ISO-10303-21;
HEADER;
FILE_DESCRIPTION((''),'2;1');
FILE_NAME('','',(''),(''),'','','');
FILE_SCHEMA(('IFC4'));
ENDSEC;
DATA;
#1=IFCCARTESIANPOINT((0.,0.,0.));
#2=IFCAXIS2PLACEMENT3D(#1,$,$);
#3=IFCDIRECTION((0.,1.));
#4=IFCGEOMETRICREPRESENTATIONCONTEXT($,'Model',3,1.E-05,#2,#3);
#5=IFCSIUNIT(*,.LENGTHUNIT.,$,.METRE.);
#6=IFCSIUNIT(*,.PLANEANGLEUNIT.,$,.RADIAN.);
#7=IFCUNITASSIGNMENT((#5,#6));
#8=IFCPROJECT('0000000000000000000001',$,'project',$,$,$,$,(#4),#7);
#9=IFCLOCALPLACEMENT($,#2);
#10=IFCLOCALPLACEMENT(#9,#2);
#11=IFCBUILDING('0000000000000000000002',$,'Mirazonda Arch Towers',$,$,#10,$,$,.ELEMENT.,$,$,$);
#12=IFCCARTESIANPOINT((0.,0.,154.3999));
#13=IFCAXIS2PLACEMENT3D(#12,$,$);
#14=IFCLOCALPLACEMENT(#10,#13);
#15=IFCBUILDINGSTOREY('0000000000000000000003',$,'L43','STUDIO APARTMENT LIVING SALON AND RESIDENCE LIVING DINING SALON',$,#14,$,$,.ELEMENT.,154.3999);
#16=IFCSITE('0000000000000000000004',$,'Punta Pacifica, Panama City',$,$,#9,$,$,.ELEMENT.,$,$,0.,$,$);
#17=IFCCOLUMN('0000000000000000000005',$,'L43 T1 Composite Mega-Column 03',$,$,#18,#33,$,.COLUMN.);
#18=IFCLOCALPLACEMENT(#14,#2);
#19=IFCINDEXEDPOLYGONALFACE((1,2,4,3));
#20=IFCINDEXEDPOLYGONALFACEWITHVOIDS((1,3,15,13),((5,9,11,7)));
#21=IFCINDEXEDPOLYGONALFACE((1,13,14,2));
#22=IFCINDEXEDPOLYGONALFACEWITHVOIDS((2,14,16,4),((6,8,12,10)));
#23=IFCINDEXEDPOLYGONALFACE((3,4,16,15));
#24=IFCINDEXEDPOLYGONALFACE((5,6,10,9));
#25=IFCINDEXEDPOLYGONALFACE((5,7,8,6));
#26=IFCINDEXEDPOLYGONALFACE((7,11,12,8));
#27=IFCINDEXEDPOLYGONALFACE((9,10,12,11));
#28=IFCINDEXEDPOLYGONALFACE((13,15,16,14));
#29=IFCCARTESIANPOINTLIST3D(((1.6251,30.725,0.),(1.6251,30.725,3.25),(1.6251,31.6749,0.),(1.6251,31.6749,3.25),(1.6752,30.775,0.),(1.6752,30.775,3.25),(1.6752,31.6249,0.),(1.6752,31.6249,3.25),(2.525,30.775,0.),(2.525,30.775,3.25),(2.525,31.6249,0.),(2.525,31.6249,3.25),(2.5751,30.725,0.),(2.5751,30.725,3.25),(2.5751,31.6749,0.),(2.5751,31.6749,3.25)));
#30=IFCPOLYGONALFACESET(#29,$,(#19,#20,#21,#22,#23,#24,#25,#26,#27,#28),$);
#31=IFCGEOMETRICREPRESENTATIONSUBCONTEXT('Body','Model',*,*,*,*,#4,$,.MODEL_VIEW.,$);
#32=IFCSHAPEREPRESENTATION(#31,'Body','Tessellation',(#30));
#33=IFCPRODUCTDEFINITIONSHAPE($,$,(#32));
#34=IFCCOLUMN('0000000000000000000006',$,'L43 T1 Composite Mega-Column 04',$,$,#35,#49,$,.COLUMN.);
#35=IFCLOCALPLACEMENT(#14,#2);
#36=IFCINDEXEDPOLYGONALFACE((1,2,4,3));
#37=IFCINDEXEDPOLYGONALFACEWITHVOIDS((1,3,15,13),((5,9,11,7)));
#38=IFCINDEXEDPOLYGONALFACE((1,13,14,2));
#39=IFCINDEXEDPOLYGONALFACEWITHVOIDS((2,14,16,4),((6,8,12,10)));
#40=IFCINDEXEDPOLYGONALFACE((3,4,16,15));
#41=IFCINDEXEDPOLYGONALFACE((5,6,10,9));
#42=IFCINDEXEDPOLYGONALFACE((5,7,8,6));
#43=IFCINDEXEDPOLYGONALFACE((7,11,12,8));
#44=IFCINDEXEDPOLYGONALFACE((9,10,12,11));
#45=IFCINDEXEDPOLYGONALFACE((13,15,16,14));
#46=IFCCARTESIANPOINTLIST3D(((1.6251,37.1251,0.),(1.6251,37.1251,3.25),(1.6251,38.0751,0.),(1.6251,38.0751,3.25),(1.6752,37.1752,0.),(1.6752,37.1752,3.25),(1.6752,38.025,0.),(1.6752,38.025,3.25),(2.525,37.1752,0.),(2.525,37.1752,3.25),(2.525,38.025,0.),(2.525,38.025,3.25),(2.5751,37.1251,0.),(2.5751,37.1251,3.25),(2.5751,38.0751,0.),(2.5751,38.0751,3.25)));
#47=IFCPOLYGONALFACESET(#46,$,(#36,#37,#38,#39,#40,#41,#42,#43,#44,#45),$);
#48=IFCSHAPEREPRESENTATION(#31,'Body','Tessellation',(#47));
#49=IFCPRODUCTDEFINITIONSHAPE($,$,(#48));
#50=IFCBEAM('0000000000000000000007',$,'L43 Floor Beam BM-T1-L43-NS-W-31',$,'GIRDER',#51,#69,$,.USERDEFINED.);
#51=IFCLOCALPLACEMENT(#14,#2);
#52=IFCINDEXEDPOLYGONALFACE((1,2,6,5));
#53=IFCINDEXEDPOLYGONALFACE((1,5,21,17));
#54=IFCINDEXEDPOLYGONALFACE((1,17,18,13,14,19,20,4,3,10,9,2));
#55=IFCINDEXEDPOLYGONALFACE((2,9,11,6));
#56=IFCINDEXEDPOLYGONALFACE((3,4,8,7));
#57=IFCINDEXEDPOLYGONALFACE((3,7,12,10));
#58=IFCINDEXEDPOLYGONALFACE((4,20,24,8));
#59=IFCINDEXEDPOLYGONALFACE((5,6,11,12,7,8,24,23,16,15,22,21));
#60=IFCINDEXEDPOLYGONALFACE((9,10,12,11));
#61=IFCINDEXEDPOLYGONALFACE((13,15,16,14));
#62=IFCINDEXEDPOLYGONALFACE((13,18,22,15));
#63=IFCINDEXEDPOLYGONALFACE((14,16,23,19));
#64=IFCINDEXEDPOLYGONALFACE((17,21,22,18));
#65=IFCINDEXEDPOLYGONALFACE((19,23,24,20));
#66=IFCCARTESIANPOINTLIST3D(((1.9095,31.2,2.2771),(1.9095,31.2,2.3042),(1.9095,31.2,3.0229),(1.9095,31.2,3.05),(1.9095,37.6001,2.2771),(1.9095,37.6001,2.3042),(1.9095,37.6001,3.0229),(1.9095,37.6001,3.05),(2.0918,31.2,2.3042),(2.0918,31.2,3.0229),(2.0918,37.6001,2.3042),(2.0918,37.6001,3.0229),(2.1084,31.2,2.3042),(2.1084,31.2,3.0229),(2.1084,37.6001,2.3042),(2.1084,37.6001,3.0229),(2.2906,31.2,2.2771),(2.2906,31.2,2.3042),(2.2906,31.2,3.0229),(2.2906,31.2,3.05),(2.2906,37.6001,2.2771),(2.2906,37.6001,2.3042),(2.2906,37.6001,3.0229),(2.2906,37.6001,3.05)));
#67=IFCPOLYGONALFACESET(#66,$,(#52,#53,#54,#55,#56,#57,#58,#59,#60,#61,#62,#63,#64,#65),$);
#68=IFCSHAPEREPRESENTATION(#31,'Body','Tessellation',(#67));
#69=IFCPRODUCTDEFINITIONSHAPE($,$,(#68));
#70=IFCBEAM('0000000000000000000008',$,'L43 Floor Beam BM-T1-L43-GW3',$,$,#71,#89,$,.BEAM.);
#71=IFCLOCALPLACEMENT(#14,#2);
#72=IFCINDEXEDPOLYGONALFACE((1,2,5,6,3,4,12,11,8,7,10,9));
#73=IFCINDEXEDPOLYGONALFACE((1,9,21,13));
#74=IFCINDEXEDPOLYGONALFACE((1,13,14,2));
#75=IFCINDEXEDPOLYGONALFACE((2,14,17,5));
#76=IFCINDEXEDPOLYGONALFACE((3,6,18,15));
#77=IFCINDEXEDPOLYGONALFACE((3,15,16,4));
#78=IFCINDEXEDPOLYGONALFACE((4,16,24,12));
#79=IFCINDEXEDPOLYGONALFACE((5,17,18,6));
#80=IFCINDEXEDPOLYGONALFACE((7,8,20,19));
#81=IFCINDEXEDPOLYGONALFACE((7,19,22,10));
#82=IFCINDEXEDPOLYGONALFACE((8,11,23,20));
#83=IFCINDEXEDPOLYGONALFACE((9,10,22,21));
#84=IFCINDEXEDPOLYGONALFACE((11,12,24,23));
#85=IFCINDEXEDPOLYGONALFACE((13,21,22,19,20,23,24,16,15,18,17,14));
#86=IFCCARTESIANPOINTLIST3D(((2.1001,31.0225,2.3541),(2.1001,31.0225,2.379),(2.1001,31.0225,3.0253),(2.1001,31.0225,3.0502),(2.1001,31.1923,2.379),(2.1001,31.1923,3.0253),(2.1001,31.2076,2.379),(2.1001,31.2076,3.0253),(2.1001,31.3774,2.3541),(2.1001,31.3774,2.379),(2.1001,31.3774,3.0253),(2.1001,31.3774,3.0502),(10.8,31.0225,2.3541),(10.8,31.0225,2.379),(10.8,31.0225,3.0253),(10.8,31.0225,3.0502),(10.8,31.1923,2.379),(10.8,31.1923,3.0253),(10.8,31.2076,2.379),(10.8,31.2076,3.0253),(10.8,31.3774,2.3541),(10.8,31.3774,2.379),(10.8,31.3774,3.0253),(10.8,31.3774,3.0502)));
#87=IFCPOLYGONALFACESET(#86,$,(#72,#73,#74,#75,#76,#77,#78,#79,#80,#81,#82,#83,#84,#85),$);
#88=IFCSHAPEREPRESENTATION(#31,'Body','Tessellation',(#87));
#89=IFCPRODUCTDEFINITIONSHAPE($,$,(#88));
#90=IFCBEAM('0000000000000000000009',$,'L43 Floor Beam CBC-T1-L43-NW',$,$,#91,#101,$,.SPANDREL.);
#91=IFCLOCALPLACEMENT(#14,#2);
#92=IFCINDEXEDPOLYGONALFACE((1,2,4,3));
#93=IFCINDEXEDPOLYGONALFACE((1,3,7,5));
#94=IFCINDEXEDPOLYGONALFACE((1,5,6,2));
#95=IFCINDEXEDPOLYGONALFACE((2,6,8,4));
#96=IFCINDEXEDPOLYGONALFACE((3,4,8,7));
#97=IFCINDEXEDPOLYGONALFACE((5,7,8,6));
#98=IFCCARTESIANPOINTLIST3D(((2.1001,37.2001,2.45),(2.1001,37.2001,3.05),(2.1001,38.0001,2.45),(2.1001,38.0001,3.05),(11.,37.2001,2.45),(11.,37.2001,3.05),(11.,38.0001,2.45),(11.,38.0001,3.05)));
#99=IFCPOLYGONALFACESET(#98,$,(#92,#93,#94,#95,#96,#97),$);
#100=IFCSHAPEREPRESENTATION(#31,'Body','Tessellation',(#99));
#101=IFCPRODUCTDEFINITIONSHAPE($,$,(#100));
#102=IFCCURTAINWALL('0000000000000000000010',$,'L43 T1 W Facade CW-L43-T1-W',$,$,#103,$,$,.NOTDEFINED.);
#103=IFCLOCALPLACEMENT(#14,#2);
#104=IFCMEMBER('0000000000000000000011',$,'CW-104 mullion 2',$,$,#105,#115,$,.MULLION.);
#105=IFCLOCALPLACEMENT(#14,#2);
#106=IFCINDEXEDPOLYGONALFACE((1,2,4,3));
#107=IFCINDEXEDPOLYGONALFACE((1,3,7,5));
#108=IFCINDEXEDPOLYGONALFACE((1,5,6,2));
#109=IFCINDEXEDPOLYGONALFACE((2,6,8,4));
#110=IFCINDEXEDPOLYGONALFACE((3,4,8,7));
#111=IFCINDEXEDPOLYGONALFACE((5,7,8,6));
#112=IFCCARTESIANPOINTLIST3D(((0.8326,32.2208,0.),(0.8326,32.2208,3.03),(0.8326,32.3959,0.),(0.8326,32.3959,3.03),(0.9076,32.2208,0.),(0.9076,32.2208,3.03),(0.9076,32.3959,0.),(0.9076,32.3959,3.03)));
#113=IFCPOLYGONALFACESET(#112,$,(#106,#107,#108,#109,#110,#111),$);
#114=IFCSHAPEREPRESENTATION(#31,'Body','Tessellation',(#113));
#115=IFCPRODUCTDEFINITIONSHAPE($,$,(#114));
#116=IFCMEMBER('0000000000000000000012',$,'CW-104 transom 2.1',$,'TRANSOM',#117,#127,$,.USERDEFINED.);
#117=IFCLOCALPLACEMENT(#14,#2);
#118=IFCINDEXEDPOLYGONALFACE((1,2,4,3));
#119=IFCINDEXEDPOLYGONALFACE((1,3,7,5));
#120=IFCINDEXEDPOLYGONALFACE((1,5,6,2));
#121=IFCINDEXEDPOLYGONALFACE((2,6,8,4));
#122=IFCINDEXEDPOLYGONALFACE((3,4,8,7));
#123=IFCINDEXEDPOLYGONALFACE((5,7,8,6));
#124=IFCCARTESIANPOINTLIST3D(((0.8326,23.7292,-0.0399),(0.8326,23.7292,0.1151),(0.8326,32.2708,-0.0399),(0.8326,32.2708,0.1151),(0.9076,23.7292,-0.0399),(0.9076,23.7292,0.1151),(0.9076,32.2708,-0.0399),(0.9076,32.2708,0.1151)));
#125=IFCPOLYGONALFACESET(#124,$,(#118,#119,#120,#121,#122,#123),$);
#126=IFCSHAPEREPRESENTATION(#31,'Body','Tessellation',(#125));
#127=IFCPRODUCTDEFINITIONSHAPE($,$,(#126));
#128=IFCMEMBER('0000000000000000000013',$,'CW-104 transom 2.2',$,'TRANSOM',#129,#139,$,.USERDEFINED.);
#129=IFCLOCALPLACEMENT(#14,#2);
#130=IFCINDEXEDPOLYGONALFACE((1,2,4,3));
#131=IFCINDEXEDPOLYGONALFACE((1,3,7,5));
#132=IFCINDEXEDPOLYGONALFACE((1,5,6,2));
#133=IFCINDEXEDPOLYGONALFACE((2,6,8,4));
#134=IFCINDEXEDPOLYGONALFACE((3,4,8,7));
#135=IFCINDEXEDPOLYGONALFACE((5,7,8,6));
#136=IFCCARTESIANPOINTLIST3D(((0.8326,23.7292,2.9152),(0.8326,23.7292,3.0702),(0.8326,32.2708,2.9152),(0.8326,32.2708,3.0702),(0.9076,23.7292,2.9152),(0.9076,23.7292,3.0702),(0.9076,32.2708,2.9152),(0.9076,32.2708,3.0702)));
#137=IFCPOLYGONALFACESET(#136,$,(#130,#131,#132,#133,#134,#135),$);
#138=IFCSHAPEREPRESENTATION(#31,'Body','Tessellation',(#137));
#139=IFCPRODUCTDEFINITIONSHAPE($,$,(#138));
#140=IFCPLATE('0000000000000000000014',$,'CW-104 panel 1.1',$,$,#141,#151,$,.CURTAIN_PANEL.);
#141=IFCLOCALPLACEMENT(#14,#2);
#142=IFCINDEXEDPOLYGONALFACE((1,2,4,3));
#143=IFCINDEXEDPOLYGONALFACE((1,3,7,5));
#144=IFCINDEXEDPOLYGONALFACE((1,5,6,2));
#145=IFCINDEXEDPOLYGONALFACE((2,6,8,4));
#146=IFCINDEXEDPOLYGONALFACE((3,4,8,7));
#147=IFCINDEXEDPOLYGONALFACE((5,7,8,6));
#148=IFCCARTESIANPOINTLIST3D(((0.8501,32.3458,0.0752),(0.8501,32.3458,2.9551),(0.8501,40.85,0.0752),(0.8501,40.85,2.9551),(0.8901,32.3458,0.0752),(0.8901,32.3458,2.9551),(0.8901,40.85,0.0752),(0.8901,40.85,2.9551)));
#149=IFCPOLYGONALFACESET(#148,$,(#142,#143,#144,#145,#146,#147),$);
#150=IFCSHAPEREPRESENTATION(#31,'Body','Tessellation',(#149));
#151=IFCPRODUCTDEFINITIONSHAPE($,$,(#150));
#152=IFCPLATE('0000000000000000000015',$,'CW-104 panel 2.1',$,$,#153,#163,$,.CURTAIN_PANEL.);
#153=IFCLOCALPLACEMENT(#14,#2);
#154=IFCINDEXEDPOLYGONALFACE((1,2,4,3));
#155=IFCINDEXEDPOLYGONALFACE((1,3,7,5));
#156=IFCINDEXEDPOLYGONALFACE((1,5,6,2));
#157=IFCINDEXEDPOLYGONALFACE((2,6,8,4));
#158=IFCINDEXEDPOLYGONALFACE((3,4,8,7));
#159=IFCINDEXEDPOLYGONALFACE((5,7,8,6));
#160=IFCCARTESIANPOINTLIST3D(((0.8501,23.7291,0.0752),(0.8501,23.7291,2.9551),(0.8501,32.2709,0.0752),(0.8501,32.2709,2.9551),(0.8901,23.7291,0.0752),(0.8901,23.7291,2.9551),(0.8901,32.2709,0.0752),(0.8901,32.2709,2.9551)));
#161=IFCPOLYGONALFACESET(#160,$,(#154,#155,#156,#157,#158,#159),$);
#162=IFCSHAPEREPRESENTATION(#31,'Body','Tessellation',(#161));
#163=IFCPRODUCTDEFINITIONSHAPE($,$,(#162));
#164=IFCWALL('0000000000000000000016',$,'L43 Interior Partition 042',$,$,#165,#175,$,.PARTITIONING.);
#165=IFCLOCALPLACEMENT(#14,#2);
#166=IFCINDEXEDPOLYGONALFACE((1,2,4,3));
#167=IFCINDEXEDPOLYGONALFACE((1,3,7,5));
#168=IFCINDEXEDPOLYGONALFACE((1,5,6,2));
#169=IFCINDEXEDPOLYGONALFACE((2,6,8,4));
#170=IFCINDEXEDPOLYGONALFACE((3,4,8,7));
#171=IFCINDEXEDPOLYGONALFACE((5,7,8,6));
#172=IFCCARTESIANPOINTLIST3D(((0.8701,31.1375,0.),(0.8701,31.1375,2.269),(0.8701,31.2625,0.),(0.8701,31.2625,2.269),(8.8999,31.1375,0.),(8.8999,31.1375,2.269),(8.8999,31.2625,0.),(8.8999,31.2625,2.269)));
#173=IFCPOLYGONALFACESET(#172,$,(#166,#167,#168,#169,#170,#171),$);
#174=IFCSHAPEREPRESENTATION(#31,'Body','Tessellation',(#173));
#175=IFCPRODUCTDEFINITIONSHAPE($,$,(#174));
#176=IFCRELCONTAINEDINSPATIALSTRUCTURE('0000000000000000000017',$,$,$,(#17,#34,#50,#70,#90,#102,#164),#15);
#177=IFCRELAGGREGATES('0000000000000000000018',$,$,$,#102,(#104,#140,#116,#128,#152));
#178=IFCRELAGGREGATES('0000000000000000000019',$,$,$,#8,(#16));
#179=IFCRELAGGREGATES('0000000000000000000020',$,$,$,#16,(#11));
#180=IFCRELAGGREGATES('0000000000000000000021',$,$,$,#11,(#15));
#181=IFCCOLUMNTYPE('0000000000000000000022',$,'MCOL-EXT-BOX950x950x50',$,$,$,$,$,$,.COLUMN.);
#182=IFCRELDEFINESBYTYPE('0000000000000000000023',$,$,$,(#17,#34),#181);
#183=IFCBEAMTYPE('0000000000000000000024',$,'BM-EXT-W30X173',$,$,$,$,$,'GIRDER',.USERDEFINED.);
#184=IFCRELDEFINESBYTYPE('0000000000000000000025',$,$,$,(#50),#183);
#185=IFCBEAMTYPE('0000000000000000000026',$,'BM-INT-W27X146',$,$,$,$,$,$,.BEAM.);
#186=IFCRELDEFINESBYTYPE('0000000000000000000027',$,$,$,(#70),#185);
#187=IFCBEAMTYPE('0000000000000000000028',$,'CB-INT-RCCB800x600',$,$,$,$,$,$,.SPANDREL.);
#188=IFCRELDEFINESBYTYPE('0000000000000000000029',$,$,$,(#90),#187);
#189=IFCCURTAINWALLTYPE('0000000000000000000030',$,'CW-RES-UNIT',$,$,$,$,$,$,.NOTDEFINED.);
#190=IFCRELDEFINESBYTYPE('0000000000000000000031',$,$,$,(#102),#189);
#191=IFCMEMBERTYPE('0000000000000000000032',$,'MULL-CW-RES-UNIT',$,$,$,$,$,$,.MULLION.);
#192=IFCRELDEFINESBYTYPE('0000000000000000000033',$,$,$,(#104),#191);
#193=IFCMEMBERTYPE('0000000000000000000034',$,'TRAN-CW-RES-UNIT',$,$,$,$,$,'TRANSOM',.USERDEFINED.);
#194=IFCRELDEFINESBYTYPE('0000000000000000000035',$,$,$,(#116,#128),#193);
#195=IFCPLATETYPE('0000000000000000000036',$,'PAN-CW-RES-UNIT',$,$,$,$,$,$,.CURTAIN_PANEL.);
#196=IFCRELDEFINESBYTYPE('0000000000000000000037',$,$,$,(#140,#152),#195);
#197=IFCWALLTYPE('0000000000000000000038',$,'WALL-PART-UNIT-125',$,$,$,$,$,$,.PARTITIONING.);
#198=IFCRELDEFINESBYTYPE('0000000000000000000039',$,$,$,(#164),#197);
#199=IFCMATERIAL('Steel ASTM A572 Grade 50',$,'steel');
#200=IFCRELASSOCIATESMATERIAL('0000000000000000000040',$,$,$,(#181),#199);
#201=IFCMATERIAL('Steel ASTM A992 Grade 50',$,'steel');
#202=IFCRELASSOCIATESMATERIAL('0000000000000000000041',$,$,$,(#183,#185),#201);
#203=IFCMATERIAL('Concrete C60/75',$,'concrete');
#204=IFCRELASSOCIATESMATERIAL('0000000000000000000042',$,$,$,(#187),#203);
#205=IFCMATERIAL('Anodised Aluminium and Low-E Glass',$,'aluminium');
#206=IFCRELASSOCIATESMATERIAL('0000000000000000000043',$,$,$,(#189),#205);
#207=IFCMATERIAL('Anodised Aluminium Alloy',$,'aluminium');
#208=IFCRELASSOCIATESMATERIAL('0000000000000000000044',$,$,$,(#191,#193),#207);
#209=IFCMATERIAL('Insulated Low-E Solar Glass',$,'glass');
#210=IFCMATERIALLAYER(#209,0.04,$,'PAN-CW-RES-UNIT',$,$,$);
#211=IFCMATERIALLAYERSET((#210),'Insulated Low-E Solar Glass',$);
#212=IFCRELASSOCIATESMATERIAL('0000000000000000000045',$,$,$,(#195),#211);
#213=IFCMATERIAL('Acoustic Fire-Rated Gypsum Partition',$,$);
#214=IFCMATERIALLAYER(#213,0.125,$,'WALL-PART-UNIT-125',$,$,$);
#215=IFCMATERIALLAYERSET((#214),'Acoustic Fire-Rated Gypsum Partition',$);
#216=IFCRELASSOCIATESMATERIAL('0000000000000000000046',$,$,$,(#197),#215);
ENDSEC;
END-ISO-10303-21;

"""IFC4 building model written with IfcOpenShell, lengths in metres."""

from ifc_helpers import new_model, si_unit, direction, frame, frame_2d, origin, origin_2d, place, context, subcontext, project, spatial, rectangle, hollow_rectangle, i_section, extrude, material, layer, layer_set, material_profile, profile_set, type_object, element, aggregate, save


model = new_model("IFC4")

# Units and contexts
model_context = context("Model", 3, precision=1e-05, world=origin(), true_north=direction((0.0, 1.0)))
body_context = subcontext(model_context, "Body", "Model", "MODEL_VIEW")
ifc_project = project(units=[si_unit("LENGTHUNIT", "METRE"), si_unit("PLANEANGLEUNIT", "RADIAN")], contexts=[model_context])

# Site, building, storey
site_placement = place(None, origin())
site = spatial("IfcSite", under=ifc_project, at=site_placement, Name="Punta Pacifica, Panama City", CompositionType="ELEMENT", RefElevation=0.0)
building_placement = place(site_placement, origin())
building = spatial("IfcBuilding", under=site, at=building_placement, Name="Mirazonda Arch Towers", CompositionType="ELEMENT")
storey_placement = place(building_placement, frame((0.0, 0.0, 154.3999)))
storey = spatial("IfcBuildingStorey", under=building, at=storey_placement, Name="L43", Description="STUDIO APARTMENT LIVING SALON AND RESIDENCE LIVING DINING SALON", CompositionType="ELEMENT", Elevation=154.3999)

# Columns
ifc_material_1 = material(Name="Steel ASTM A572 Grade 50", Category="steel")
ifc_material_profile_1 = material_profile(ifc_material_1, hollow_rectangle(XDim=0.95, YDim=0.95, WallThickness=0.05, at=origin_2d()), Name="BOX950x950x50")
ifc_profile_set_1 = profile_set([ifc_material_profile_1], Name="Steel ASTM A572 Grade 50")
column_type = type_object("IfcColumnType", Name="MCOL-EXT-BOX950x950x50", PredefinedType="COLUMN", material=ifc_profile_set_1)
for number, where, z_axis, x_axis, name in (
    (1, (2.1001, 31.2, 0.0), (0.0, 0.0, 1.0), (1.0, 0.0, 0.0), "L43 T1 Composite Mega-Column 03"),
    (2, (2.1001, 37.6001, 0.0), (0.0, 0.0, 1.0), (1.0, 0.0, 0.0), "L43 T1 Composite Mega-Column 04"),
):
    element("IfcColumn", number, at=place(storey_placement, frame(where, z_axis=z_axis, x_axis=x_axis)), inside=storey, type_object=column_type, Name=name, PredefinedType="COLUMN", context=body_context, shape_type="SweptSolid", body=[
        extrude(hollow_rectangle(XDim=0.95, YDim=0.95, WallThickness=0.05, at=origin_2d()), origin(), (0.0, 0.0, 1.0), 3.25),
    ])

# Beams
ifc_material_2 = material(Name="Steel ASTM A992 Grade 50", Category="steel")
ifc_material_profile_2 = material_profile(ifc_material_2, i_section(OverallWidth=0.3811, OverallDepth=0.7729, WebThickness=0.0166, FlangeThickness=0.0271, at=origin_2d()), Name="W30X173")
ifc_profile_set_2 = profile_set([ifc_material_profile_2], Name="Steel ASTM A992 Grade 50")
beam_type_1 = type_object("IfcBeamType", Name="BM-EXT-W30X173", ElementType="GIRDER", PredefinedType="USERDEFINED", material=ifc_profile_set_2)
beam_1_placement = place(storey_placement, frame((2.1001, 31.2, 2.6636), z_axis=(0.0, 1.0, 0.0), x_axis=(-1.0, 0.0, 0.0)))
element("IfcBeam", 3, at=beam_1_placement, inside=storey, type_object=beam_type_1, Name="L43 Floor Beam BM-T1-L43-NS-W-31", ObjectType="GIRDER", PredefinedType="USERDEFINED", context=body_context, shape_type="SweptSolid", body=[
    extrude(i_section(OverallWidth=0.3811, OverallDepth=0.7729, WebThickness=0.0166, FlangeThickness=0.0271, at=origin_2d()), origin(), (0.0, 0.0, 1.0), 6.4001),
])
ifc_material_profile_3 = material_profile(ifc_material_2, i_section(OverallWidth=0.355, OverallDepth=0.696, WebThickness=0.0154, FlangeThickness=0.0249, at=origin_2d()), Name="W27X146")
ifc_profile_set_3 = profile_set([ifc_material_profile_3], Name="Steel ASTM A992 Grade 50")
beam_type_2 = type_object("IfcBeamType", Name="BM-INT-W27X146", PredefinedType="BEAM", material=ifc_profile_set_3)
beam_2_placement = place(storey_placement, frame((2.1001, 31.2, 2.7021), z_axis=(1.0, 0.0, 0.0), x_axis=(0.0, 1.0, 0.0)))
element("IfcBeam", 4, at=beam_2_placement, inside=storey, type_object=beam_type_2, Name="L43 Floor Beam BM-T1-L43-GW3", PredefinedType="BEAM", context=body_context, shape_type="SweptSolid", body=[
    extrude(i_section(OverallWidth=0.355, OverallDepth=0.696, WebThickness=0.0154, FlangeThickness=0.0249, at=origin_2d()), origin(), (0.0, 0.0, 1.0), 8.7),
])
ifc_material_3 = material(Name="Concrete C60/75", Category="concrete")
ifc_material_profile_4 = material_profile(ifc_material_3, rectangle(XDim=0.8, YDim=0.6001, at=origin_2d()), Name="RCCB800x600")
ifc_profile_set_4 = profile_set([ifc_material_profile_4], Name="Concrete C60/75")
beam_type_3 = type_object("IfcBeamType", Name="CB-INT-RCCB800x600", PredefinedType="SPANDREL", material=ifc_profile_set_4)
beam_3_placement = place(storey_placement, frame((2.1001, 37.6001, 2.75), z_axis=(1.0, 0.0, 0.0), x_axis=(0.0, 1.0, 0.0)))
element("IfcBeam", 5, at=beam_3_placement, inside=storey, type_object=beam_type_3, Name="L43 Floor Beam CBC-T1-L43-NW", PredefinedType="SPANDREL", context=body_context, shape_type="SweptSolid", body=[
    extrude(rectangle(XDim=0.8, YDim=0.6001, at=origin_2d()), origin(), (0.0, 0.0, 1.0), 8.8999),
])

# Curtain wall, members, plates
ifc_material_4 = material(Name="Anodised Aluminium and Low-E Glass", Category="aluminium")
curtain_wall_type = type_object("IfcCurtainWallType", Name="CW-RES-UNIT", PredefinedType="NOTDEFINED", material=ifc_material_4)
curtain_wall_placement = place(storey_placement, origin())
curtain_wall = element("IfcCurtainWall", 6, at=curtain_wall_placement, inside=storey, type_object=curtain_wall_type, Name="L43 T1 W Facade CW-L43-T1-W", PredefinedType="NOTDEFINED")
ifc_material_5 = material(Name="Anodised Aluminium Alloy", Category="aluminium")
ifc_material_profile_5 = material_profile(ifc_material_5, rectangle(XDim=0.075, YDim=0.175, at=origin_2d()), Name="ALU-MULL-75x175")
ifc_profile_set_5 = profile_set([ifc_material_profile_5], Name="Anodised Aluminium Alloy")
member_type_1 = type_object("IfcMemberType", Name="MULL-CW-RES-UNIT", PredefinedType="MULLION", material=ifc_profile_set_5)
member_1_placement = place(storey_placement, frame((0.8701, 32.3083, 0.0), z_axis=(0.0, 0.0, 1.0), x_axis=(1.0, 0.0, 0.0)))
member_1 = element("IfcMember", 7, at=member_1_placement, type_object=member_type_1, Name="CW-104 mullion 2", PredefinedType="MULLION", context=body_context, shape_type="SweptSolid", body=[
    extrude(rectangle(XDim=0.075, YDim=0.175, at=origin_2d()), origin(), (0.0, 0.0, 1.0), 3.03),
])
ifc_material_profile_6 = material_profile(ifc_material_5, rectangle(XDim=0.075, YDim=0.155, at=origin_2d()), Name="ALU-TRAN-75x155")
ifc_profile_set_6 = profile_set([ifc_material_profile_6], Name="Anodised Aluminium Alloy")
member_type_2 = type_object("IfcMemberType", Name="TRAN-CW-RES-UNIT", ElementType="TRANSOM", PredefinedType="USERDEFINED", material=ifc_profile_set_6)
member_2_placement = place(storey_placement, frame((0.8701, 32.2708, 0.0376), z_axis=(0.0, -1.0, 0.0), x_axis=(1.0, 0.0, 0.0)))
member_2 = element("IfcMember", 8, at=member_2_placement, type_object=member_type_2, Name="CW-104 transom 2.1", ObjectType="TRANSOM", PredefinedType="USERDEFINED", context=body_context, shape_type="SweptSolid", body=[
    extrude(rectangle(XDim=0.075, YDim=0.155, at=origin_2d()), origin(), (0.0, 0.0, 1.0), 8.5415),
])
member_3_placement = place(storey_placement, frame((0.8701, 32.2708, 2.9927), z_axis=(0.0, -1.0, 0.0), x_axis=(1.0, 0.0, 0.0)))
member_3 = element("IfcMember", 9, at=member_3_placement, type_object=member_type_2, Name="CW-104 transom 2.2", ObjectType="TRANSOM", PredefinedType="USERDEFINED", context=body_context, shape_type="SweptSolid", body=[
    extrude(rectangle(XDim=0.075, YDim=0.155, at=origin_2d()), origin(), (0.0, 0.0, 1.0), 8.5415),
])
ifc_material_6 = material(Name="Insulated Low-E Solar Glass", Category="glass")
ifc_layer_1 = layer(ifc_material_6, 0.04, Name="PAN-CW-RES-UNIT")
ifc_layer_set_1 = layer_set([ifc_layer_1], Name="Insulated Low-E Solar Glass")
plate_type = type_object("IfcPlateType", Name="PAN-CW-RES-UNIT", PredefinedType="CURTAIN_PANEL", material=ifc_layer_set_1)
plate_1_placement = place(storey_placement, frame((0.8701, 36.5979, 0.0752), z_axis=(0.0, 0.0, 1.0), x_axis=(0.0, -1.0, 0.0)))
plate_1 = element("IfcPlate", 10, at=plate_1_placement, type_object=plate_type, Name="CW-104 panel 1.1", PredefinedType="CURTAIN_PANEL", context=body_context, shape_type="SweptSolid", body=[
    extrude(rectangle(XDim=8.5042, YDim=0.04, at=origin_2d()), origin(), (0.0, 0.0, 1.0), 2.8799),
])
plate_2_placement = place(storey_placement, frame((0.8701, 28.0, 0.0752), z_axis=(0.0, 0.0, 1.0), x_axis=(0.0, -1.0, 0.0)))
plate_2 = element("IfcPlate", 11, at=plate_2_placement, type_object=plate_type, Name="CW-104 panel 2.1", PredefinedType="CURTAIN_PANEL", context=body_context, shape_type="SweptSolid", body=[
    extrude(rectangle(XDim=8.5417, YDim=0.04, at=origin_2d()), origin(), (0.0, 0.0, 1.0), 2.8799),
])
aggregate(curtain_wall, [member_1, plate_1, member_2, member_3, plate_2])

# Wall
ifc_material_7 = material(Name="Acoustic Fire-Rated Gypsum Partition")
ifc_layer_2 = layer(ifc_material_7, 0.125, Name="WALL-PART-UNIT-125")
ifc_layer_set_2 = layer_set([ifc_layer_2], Name="Acoustic Fire-Rated Gypsum Partition")
wall_type_1 = type_object("IfcWallType", Name="WALL-PART-UNIT-125", PredefinedType="PARTITIONING", material=ifc_layer_set_2)
wall_1_placement = place(storey_placement, frame((0.8701, 31.2, 0.0), z_axis=(0.0, 0.0, 1.0), x_axis=(1.0, 0.0, 0.0)))
element("IfcWall", 12, at=wall_1_placement, inside=storey, type_object=wall_type_1, Name="L43 Interior Partition 042", PredefinedType="PARTITIONING", context=body_context, shape_type="SweptSolid", body=[
    extrude(rectangle(XDim=8.0298, YDim=0.125, at=frame_2d((4.0149, 0.0))), origin(), (0.0, 0.0, 1.0), 2.269),
])

save(model, "model.ifc")
